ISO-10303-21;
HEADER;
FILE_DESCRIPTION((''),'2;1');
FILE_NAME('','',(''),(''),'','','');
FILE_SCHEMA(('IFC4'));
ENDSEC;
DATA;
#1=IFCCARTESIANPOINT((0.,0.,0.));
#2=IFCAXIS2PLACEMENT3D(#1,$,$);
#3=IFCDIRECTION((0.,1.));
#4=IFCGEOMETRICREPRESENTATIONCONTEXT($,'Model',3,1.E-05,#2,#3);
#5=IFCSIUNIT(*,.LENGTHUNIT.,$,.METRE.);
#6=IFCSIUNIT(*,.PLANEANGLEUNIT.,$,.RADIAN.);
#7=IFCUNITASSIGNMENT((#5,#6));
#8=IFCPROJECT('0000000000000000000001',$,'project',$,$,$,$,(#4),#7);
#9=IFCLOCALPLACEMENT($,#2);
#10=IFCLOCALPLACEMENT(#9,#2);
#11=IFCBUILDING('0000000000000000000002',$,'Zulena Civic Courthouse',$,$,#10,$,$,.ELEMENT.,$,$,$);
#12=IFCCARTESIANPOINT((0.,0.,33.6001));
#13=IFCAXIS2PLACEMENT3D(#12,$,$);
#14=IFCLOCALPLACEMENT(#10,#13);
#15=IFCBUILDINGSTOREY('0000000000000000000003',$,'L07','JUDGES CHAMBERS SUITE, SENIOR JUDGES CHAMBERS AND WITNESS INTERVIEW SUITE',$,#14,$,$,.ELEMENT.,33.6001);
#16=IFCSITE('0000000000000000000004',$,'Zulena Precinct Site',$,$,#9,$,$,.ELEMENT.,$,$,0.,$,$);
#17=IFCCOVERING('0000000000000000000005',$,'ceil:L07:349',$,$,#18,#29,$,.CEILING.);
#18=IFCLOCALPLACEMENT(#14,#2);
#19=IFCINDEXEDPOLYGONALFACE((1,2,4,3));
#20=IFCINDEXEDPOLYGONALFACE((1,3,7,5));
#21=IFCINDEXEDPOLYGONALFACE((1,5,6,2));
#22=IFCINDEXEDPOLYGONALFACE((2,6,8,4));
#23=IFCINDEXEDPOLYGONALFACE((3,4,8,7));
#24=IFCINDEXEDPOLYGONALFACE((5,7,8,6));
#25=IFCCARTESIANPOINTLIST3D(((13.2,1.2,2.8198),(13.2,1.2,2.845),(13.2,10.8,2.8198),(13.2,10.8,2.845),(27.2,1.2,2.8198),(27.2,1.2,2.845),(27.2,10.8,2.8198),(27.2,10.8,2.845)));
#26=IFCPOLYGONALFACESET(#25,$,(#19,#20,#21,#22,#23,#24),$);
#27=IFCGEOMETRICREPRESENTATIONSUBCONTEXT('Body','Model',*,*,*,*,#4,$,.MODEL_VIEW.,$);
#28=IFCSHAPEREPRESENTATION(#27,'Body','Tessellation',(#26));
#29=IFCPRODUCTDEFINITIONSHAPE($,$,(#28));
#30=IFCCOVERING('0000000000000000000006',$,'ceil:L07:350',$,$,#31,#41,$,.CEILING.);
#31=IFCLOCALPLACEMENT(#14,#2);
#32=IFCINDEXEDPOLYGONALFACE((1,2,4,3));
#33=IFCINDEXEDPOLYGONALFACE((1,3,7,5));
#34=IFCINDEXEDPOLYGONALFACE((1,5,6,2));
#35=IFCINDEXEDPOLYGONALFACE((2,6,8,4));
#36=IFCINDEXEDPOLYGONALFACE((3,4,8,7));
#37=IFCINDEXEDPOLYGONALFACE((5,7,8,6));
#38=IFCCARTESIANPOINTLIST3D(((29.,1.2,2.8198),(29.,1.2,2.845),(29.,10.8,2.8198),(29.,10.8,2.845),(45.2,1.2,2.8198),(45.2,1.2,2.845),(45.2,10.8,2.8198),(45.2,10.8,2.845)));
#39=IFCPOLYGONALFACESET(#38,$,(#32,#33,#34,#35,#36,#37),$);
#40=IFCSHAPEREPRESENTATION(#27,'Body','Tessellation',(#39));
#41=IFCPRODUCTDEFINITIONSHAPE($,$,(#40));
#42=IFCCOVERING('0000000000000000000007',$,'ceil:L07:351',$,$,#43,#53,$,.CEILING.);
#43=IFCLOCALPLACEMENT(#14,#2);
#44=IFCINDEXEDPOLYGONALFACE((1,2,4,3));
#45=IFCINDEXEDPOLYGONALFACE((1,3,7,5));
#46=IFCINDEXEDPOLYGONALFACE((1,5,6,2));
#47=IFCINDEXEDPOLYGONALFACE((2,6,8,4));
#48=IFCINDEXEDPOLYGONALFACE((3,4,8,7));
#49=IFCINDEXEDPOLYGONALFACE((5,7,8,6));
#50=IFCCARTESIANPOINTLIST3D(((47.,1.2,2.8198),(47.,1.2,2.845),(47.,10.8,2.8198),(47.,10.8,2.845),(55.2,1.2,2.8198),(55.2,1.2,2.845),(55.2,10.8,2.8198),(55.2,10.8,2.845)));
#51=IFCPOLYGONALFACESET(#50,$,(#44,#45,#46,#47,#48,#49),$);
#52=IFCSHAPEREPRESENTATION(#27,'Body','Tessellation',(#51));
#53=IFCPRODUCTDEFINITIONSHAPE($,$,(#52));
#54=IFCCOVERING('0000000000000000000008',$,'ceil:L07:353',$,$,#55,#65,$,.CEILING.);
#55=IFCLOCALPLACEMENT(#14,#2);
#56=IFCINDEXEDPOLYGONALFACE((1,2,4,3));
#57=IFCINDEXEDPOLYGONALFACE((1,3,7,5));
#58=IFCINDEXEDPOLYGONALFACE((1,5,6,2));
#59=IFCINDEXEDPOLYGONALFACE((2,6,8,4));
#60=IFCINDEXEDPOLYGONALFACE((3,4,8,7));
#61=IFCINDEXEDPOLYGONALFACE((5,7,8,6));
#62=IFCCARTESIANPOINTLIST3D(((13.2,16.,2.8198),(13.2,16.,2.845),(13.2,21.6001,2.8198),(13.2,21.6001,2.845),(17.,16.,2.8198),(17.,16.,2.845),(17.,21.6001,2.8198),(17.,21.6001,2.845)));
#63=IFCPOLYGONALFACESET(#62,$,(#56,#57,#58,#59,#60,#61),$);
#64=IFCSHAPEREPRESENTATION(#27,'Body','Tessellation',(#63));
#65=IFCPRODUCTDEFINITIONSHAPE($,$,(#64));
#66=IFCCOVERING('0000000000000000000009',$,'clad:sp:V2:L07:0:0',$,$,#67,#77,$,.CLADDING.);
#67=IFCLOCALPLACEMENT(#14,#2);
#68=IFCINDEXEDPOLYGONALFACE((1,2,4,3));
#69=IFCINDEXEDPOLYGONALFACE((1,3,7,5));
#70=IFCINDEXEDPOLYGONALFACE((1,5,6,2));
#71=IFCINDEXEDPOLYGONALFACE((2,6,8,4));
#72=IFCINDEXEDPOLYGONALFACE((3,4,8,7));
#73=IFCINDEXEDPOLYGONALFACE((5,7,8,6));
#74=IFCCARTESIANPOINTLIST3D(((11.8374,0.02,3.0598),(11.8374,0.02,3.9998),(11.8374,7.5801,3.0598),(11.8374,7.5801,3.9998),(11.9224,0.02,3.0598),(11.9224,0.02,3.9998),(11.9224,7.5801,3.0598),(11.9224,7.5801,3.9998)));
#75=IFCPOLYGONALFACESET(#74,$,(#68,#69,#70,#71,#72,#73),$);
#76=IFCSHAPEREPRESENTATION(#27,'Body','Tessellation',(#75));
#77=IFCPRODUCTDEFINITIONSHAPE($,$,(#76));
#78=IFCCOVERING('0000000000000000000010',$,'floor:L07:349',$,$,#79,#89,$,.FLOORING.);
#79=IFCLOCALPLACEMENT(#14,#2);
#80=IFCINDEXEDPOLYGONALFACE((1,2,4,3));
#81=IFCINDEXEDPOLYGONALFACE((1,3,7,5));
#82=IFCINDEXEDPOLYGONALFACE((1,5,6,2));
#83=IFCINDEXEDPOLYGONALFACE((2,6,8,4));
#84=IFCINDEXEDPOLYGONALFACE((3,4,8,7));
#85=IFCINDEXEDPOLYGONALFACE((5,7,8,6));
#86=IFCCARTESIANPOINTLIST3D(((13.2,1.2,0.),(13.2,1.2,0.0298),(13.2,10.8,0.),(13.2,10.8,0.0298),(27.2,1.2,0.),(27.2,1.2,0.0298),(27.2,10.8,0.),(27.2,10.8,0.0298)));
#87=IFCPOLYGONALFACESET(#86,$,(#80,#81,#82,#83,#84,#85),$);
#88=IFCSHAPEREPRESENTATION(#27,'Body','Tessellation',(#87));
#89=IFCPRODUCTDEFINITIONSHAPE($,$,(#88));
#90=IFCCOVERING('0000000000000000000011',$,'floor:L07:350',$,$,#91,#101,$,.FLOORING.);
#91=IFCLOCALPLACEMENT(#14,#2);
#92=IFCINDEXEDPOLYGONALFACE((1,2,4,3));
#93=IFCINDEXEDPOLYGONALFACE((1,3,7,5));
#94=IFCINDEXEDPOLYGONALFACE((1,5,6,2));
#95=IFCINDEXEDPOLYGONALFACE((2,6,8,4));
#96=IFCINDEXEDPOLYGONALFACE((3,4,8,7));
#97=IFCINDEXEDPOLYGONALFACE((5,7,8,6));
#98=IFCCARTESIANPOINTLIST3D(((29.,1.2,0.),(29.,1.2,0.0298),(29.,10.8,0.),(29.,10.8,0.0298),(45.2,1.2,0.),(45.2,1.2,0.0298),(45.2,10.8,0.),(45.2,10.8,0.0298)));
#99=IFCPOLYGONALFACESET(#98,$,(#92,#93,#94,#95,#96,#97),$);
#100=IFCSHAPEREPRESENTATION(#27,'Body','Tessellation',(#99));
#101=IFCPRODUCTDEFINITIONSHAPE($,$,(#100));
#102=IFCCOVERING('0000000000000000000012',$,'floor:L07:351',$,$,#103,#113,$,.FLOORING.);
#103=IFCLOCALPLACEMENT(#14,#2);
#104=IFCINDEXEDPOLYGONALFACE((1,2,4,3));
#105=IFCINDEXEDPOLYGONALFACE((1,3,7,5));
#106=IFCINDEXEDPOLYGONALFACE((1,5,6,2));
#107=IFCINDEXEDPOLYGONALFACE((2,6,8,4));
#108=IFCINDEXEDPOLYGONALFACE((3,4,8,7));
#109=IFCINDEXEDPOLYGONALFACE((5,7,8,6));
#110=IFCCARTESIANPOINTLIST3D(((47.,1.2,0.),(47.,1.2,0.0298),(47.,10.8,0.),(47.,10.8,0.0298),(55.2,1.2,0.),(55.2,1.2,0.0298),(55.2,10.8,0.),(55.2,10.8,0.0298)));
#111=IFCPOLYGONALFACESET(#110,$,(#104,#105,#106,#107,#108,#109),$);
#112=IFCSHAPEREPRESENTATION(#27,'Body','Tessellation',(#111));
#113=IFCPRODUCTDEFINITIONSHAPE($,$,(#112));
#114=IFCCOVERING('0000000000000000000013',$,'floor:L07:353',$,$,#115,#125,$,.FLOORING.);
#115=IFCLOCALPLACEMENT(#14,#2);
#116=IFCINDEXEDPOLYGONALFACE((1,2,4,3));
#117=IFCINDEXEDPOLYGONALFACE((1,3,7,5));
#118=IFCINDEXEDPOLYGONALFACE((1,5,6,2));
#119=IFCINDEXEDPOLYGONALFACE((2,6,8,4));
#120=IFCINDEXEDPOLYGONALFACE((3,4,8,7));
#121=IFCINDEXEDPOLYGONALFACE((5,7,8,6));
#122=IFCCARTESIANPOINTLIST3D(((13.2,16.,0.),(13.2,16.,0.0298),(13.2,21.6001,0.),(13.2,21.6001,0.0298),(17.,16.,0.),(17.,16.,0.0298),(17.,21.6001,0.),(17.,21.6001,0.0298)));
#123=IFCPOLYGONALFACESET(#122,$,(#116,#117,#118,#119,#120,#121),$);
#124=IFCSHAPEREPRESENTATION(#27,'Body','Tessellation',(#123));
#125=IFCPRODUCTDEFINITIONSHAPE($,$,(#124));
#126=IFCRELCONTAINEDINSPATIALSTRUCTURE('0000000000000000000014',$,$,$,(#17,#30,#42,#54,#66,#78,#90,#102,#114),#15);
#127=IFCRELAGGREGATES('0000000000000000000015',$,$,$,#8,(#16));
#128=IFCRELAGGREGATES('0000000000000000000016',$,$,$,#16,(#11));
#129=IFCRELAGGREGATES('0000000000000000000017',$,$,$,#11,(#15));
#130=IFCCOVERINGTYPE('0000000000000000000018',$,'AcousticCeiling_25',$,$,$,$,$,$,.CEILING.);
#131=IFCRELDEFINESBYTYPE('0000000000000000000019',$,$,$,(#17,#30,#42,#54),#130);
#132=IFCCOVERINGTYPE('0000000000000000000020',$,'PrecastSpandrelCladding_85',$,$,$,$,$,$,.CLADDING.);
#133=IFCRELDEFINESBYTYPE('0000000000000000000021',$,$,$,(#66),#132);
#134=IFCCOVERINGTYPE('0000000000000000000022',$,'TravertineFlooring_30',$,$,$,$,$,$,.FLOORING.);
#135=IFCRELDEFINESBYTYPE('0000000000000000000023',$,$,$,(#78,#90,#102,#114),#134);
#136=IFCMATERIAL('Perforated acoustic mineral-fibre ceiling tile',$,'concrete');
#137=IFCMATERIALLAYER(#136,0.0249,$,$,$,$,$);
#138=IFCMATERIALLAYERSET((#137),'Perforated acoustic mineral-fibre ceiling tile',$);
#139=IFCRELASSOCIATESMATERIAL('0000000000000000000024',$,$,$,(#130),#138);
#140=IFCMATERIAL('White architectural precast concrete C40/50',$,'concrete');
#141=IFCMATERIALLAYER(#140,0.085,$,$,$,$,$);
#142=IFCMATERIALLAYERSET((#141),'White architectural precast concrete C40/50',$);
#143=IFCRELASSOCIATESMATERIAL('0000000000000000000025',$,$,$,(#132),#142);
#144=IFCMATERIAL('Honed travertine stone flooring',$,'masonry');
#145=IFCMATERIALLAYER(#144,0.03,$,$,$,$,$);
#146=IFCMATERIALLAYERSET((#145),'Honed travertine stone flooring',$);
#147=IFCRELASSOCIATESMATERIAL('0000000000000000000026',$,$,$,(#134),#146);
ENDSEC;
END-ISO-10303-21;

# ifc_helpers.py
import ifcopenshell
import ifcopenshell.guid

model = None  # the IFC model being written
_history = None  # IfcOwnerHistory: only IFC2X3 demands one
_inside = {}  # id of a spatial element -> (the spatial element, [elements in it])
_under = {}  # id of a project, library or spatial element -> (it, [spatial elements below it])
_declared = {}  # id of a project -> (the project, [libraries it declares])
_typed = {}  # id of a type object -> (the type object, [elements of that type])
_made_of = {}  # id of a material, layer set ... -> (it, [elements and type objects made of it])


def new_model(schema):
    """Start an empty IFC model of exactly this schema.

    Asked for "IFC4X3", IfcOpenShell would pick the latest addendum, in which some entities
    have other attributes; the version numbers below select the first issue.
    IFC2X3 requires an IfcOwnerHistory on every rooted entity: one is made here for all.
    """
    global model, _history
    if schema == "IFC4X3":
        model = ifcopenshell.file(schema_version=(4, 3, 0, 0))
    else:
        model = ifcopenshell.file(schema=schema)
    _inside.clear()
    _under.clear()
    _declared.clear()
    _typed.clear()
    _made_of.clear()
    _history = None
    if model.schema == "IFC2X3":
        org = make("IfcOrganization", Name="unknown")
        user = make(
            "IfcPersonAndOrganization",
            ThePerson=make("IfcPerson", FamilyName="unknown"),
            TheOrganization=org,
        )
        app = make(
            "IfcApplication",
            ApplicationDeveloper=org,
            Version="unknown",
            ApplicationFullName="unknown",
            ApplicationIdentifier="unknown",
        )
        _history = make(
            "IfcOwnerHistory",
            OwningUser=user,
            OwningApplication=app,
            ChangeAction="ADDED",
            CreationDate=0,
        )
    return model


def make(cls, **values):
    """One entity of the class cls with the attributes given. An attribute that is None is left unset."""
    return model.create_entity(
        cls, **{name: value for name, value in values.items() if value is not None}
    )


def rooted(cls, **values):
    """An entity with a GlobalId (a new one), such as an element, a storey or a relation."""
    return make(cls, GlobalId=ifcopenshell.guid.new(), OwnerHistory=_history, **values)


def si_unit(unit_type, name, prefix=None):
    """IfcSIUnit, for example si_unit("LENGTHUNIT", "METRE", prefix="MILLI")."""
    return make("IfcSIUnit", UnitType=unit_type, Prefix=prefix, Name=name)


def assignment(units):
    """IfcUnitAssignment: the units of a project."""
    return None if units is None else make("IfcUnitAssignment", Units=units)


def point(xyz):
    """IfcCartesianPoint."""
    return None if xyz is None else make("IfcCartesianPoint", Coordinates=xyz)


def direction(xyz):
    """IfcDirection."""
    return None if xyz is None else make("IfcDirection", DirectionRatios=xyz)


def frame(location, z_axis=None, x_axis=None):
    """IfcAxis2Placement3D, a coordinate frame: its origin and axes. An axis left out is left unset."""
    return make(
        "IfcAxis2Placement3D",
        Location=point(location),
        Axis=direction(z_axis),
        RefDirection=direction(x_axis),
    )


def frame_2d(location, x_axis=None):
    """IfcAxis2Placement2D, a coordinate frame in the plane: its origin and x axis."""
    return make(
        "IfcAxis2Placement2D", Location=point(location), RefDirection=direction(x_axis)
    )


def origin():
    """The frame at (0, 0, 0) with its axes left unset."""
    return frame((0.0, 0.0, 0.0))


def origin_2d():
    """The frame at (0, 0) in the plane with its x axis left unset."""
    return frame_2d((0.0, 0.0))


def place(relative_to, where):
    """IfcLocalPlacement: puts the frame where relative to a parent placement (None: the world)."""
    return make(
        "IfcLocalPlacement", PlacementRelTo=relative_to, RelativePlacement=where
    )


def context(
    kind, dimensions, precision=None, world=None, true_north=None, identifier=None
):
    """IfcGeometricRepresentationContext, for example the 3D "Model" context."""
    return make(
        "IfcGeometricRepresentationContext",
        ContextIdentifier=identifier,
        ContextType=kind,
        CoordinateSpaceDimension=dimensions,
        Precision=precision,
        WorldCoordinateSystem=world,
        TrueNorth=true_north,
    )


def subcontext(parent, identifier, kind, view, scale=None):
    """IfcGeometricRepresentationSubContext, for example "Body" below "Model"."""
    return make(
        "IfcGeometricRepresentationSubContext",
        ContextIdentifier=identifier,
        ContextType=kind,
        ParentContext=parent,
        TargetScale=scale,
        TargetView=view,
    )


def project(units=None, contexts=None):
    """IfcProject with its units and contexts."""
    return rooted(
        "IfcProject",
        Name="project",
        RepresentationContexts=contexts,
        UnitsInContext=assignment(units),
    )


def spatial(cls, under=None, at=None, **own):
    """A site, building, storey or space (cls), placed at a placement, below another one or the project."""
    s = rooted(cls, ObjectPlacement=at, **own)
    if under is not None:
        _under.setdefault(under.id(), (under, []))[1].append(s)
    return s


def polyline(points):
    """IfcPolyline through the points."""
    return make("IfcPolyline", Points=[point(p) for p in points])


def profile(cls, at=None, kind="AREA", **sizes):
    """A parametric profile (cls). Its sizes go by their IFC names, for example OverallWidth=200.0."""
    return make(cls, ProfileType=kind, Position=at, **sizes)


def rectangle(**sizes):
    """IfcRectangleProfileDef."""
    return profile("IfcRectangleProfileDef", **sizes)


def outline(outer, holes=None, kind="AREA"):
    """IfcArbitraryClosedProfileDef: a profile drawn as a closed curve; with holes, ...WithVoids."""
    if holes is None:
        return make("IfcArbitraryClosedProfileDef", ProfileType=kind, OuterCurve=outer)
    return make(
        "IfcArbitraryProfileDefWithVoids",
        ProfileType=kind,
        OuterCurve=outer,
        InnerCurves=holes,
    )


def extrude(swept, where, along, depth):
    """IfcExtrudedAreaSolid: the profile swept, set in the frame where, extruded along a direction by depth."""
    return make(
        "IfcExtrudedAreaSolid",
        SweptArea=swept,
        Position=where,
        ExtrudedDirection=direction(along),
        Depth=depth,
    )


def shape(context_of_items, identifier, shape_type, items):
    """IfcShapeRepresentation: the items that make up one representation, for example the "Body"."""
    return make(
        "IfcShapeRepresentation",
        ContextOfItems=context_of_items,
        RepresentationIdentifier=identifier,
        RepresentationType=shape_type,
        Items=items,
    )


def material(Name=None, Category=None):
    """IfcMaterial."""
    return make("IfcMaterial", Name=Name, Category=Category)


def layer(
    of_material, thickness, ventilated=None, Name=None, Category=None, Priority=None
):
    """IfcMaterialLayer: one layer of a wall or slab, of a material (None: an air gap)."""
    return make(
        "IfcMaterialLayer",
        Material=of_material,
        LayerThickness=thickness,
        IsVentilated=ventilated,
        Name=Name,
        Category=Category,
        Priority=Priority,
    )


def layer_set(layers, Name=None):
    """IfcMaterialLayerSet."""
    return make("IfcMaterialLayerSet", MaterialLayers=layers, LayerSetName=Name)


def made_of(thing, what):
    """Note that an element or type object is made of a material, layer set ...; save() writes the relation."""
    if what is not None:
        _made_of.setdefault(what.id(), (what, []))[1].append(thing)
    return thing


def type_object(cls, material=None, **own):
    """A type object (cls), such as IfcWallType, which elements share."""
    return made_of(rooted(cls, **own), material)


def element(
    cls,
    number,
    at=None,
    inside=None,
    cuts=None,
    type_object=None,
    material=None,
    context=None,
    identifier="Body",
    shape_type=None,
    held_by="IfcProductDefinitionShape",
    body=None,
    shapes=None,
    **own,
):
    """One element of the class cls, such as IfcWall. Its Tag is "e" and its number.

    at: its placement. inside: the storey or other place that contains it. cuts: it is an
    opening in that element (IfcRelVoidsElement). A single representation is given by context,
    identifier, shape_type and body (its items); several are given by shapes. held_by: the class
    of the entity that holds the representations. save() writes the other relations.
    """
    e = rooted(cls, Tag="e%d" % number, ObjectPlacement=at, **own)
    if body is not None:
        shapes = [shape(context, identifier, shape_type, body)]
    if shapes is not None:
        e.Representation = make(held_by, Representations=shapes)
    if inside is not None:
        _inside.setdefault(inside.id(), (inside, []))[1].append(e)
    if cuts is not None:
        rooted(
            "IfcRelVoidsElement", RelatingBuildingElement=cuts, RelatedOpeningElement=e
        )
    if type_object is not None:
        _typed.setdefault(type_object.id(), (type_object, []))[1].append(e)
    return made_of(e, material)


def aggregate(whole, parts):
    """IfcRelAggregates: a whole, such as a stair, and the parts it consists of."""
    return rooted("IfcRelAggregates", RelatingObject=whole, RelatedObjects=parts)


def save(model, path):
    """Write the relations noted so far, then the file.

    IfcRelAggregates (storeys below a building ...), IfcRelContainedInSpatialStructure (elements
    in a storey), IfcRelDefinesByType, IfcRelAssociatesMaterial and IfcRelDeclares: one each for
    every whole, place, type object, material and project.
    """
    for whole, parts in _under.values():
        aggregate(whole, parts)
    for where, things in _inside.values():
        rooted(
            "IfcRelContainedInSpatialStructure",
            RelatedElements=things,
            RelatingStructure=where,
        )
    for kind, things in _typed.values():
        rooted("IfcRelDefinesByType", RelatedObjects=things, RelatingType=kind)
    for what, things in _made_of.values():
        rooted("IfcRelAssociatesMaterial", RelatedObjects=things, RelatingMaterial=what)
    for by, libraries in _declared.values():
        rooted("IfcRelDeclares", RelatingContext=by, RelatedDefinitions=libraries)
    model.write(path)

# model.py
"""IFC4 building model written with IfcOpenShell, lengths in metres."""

from ifc_helpers import new_model, si_unit, direction, frame, origin, origin_2d, place, context, subcontext, project, spatial, polyline, rectangle, outline, extrude, material, layer, layer_set, type_object, element, save


model = new_model("IFC4")

# Units and contexts
model_context = context("Model", 3, precision=1e-05, world=origin(), true_north=direction((0.0, 1.0)))
body_context = subcontext(model_context, "Body", "Model", "MODEL_VIEW")
ifc_project = project(units=[si_unit("LENGTHUNIT", "METRE"), si_unit("PLANEANGLEUNIT", "RADIAN")], contexts=[model_context])

# Site, building, storey
site_placement = place(None, origin())
site = spatial("IfcSite", under=ifc_project, at=site_placement, Name="Zulena Precinct Site", CompositionType="ELEMENT", RefElevation=0.0)
building_placement = place(site_placement, origin())
building = spatial("IfcBuilding", under=site, at=building_placement, Name="Zulena Civic Courthouse", CompositionType="ELEMENT")
storey_placement = place(building_placement, frame((0.0, 0.0, 33.6001)))
storey = spatial("IfcBuildingStorey", under=building, at=storey_placement, Name="L07", Description="JUDGES CHAMBERS SUITE, SENIOR JUDGES CHAMBERS AND WITNESS INTERVIEW SUITE", CompositionType="ELEMENT", Elevation=33.6001)

# Shared definitions
ifc_material_1 = material(Name="White architectural precast concrete C40/50", Category="concrete")

# Coverings
ifc_material_2 = material(Name="Perforated acoustic mineral-fibre ceiling tile", Category="concrete")
ifc_layer_1 = layer(ifc_material_2, 0.0249)
ifc_layer_set_1 = layer_set([ifc_layer_1], Name="Perforated acoustic mineral-fibre ceiling tile")
covering_type_1 = type_object("IfcCoveringType", Name="AcousticCeiling_25", PredefinedType="CEILING", material=ifc_layer_set_1)
covering_1_placement = place(storey_placement, frame((0.0, 0.0, 2.8198)))
element("IfcCovering", 1, at=covering_1_placement, inside=storey, type_object=covering_type_1, Name="ceil:L07:349", PredefinedType="CEILING", context=body_context, shape_type="SweptSolid", body=[
    extrude(outline(polyline([(13.2, 1.2), (27.2, 1.2), (27.2, 10.8), (13.2, 10.8), (13.2, 1.2)])), origin(), (0.0, 0.0, 1.0), 0.0251),
])
covering_2_placement = place(storey_placement, frame((0.0, 0.0, 2.8198)))
element("IfcCovering", 2, at=covering_2_placement, inside=storey, type_object=covering_type_1, Name="ceil:L07:350", PredefinedType="CEILING", context=body_context, shape_type="SweptSolid", body=[
    extrude(outline(polyline([(29.0, 1.2), (45.2, 1.2), (45.2, 10.8), (29.0, 10.8), (29.0, 1.2)])), origin(), (0.0, 0.0, 1.0), 0.0251),
])
covering_3_placement = place(storey_placement, frame((0.0, 0.0, 2.8198)))
element("IfcCovering", 3, at=covering_3_placement, inside=storey, type_object=covering_type_1, Name="ceil:L07:351", PredefinedType="CEILING", context=body_context, shape_type="SweptSolid", body=[
    extrude(outline(polyline([(47.0, 1.2), (55.2, 1.2), (55.2, 10.8), (47.0, 10.8), (47.0, 1.2)])), origin(), (0.0, 0.0, 1.0), 0.0251),
])
covering_4_placement = place(storey_placement, frame((0.0, 0.0, 2.8198)))
element("IfcCovering", 4, at=covering_4_placement, inside=storey, type_object=covering_type_1, Name="ceil:L07:353", PredefinedType="CEILING", context=body_context, shape_type="SweptSolid", body=[
    extrude(outline(polyline([(13.2, 16.0), (17.0, 16.0), (17.0, 21.6001), (13.2, 21.6001), (13.2, 16.0)])), origin(), (0.0, 0.0, 1.0), 0.0251),
])
ifc_layer_2 = layer(ifc_material_1, 0.085)
ifc_layer_set_2 = layer_set([ifc_layer_2], Name="White architectural precast concrete C40/50")
covering_type_2 = type_object("IfcCoveringType", Name="PrecastSpandrelCladding_85", PredefinedType="CLADDING", material=ifc_layer_set_2)
covering_5_placement = place(storey_placement, frame((11.8799, 3.8, 3.0598), z_axis=(0.0, 0.0, 1.0), x_axis=(0.0, 1.0, 0.0)))
element("IfcCovering", 5, at=covering_5_placement, inside=storey, type_object=covering_type_2, Name="clad:sp:V2:L07:0:0", PredefinedType="CLADDING", context=body_context, shape_type="SweptSolid", body=[
    extrude(rectangle(XDim=7.5601, YDim=0.085, at=origin_2d()), origin(), (0.0, 0.0, 1.0), 0.9399),
])
ifc_material_3 = material(Name="Honed travertine stone flooring", Category="masonry")
ifc_layer_3 = layer(ifc_material_3, 0.03)
ifc_layer_set_3 = layer_set([ifc_layer_3], Name="Honed travertine stone flooring")
covering_type_3 = type_object("IfcCoveringType", Name="TravertineFlooring_30", PredefinedType="FLOORING", material=ifc_layer_set_3)
covering_6_placement = place(storey_placement, origin())
element("IfcCovering", 6, at=covering_6_placement, inside=storey, type_object=covering_type_3, Name="floor:L07:349", PredefinedType="FLOORING", context=body_context, shape_type="SweptSolid", body=[
    extrude(outline(polyline([(13.2, 1.2), (27.2, 1.2), (27.2, 10.8), (13.2, 10.8), (13.2, 1.2)])), origin(), (0.0, 0.0, 1.0), 0.0298),
])
covering_7_placement = place(storey_placement, origin())
element("IfcCovering", 7, at=covering_7_placement, inside=storey, type_object=covering_type_3, Name="floor:L07:350", PredefinedType="FLOORING", context=body_context, shape_type="SweptSolid", body=[
    extrude(outline(polyline([(29.0, 1.2), (45.2, 1.2), (45.2, 10.8), (29.0, 10.8), (29.0, 1.2)])), origin(), (0.0, 0.0, 1.0), 0.0298),
])
covering_8_placement = place(storey_placement, origin())
element("IfcCovering", 8, at=covering_8_placement, inside=storey, type_object=covering_type_3, Name="floor:L07:351", PredefinedType="FLOORING", context=body_context, shape_type="SweptSolid", body=[
    extrude(outline(polyline([(47.0, 1.2), (55.2, 1.2), (55.2, 10.8), (47.0, 10.8), (47.0, 1.2)])), origin(), (0.0, 0.0, 1.0), 0.0298),
])
covering_9_placement = place(storey_placement, origin())
element("IfcCovering", 9, at=covering_9_placement, inside=storey, type_object=covering_type_3, Name="floor:L07:353", PredefinedType="FLOORING", context=body_context, shape_type="SweptSolid", body=[
    extrude(outline(polyline([(13.2, 16.0), (17.0, 16.0), (17.0, 21.6001), (13.2, 21.6001), (13.2, 16.0)])), origin(), (0.0, 0.0, 1.0), 0.0298),
])

save(model, "model.ifc")
